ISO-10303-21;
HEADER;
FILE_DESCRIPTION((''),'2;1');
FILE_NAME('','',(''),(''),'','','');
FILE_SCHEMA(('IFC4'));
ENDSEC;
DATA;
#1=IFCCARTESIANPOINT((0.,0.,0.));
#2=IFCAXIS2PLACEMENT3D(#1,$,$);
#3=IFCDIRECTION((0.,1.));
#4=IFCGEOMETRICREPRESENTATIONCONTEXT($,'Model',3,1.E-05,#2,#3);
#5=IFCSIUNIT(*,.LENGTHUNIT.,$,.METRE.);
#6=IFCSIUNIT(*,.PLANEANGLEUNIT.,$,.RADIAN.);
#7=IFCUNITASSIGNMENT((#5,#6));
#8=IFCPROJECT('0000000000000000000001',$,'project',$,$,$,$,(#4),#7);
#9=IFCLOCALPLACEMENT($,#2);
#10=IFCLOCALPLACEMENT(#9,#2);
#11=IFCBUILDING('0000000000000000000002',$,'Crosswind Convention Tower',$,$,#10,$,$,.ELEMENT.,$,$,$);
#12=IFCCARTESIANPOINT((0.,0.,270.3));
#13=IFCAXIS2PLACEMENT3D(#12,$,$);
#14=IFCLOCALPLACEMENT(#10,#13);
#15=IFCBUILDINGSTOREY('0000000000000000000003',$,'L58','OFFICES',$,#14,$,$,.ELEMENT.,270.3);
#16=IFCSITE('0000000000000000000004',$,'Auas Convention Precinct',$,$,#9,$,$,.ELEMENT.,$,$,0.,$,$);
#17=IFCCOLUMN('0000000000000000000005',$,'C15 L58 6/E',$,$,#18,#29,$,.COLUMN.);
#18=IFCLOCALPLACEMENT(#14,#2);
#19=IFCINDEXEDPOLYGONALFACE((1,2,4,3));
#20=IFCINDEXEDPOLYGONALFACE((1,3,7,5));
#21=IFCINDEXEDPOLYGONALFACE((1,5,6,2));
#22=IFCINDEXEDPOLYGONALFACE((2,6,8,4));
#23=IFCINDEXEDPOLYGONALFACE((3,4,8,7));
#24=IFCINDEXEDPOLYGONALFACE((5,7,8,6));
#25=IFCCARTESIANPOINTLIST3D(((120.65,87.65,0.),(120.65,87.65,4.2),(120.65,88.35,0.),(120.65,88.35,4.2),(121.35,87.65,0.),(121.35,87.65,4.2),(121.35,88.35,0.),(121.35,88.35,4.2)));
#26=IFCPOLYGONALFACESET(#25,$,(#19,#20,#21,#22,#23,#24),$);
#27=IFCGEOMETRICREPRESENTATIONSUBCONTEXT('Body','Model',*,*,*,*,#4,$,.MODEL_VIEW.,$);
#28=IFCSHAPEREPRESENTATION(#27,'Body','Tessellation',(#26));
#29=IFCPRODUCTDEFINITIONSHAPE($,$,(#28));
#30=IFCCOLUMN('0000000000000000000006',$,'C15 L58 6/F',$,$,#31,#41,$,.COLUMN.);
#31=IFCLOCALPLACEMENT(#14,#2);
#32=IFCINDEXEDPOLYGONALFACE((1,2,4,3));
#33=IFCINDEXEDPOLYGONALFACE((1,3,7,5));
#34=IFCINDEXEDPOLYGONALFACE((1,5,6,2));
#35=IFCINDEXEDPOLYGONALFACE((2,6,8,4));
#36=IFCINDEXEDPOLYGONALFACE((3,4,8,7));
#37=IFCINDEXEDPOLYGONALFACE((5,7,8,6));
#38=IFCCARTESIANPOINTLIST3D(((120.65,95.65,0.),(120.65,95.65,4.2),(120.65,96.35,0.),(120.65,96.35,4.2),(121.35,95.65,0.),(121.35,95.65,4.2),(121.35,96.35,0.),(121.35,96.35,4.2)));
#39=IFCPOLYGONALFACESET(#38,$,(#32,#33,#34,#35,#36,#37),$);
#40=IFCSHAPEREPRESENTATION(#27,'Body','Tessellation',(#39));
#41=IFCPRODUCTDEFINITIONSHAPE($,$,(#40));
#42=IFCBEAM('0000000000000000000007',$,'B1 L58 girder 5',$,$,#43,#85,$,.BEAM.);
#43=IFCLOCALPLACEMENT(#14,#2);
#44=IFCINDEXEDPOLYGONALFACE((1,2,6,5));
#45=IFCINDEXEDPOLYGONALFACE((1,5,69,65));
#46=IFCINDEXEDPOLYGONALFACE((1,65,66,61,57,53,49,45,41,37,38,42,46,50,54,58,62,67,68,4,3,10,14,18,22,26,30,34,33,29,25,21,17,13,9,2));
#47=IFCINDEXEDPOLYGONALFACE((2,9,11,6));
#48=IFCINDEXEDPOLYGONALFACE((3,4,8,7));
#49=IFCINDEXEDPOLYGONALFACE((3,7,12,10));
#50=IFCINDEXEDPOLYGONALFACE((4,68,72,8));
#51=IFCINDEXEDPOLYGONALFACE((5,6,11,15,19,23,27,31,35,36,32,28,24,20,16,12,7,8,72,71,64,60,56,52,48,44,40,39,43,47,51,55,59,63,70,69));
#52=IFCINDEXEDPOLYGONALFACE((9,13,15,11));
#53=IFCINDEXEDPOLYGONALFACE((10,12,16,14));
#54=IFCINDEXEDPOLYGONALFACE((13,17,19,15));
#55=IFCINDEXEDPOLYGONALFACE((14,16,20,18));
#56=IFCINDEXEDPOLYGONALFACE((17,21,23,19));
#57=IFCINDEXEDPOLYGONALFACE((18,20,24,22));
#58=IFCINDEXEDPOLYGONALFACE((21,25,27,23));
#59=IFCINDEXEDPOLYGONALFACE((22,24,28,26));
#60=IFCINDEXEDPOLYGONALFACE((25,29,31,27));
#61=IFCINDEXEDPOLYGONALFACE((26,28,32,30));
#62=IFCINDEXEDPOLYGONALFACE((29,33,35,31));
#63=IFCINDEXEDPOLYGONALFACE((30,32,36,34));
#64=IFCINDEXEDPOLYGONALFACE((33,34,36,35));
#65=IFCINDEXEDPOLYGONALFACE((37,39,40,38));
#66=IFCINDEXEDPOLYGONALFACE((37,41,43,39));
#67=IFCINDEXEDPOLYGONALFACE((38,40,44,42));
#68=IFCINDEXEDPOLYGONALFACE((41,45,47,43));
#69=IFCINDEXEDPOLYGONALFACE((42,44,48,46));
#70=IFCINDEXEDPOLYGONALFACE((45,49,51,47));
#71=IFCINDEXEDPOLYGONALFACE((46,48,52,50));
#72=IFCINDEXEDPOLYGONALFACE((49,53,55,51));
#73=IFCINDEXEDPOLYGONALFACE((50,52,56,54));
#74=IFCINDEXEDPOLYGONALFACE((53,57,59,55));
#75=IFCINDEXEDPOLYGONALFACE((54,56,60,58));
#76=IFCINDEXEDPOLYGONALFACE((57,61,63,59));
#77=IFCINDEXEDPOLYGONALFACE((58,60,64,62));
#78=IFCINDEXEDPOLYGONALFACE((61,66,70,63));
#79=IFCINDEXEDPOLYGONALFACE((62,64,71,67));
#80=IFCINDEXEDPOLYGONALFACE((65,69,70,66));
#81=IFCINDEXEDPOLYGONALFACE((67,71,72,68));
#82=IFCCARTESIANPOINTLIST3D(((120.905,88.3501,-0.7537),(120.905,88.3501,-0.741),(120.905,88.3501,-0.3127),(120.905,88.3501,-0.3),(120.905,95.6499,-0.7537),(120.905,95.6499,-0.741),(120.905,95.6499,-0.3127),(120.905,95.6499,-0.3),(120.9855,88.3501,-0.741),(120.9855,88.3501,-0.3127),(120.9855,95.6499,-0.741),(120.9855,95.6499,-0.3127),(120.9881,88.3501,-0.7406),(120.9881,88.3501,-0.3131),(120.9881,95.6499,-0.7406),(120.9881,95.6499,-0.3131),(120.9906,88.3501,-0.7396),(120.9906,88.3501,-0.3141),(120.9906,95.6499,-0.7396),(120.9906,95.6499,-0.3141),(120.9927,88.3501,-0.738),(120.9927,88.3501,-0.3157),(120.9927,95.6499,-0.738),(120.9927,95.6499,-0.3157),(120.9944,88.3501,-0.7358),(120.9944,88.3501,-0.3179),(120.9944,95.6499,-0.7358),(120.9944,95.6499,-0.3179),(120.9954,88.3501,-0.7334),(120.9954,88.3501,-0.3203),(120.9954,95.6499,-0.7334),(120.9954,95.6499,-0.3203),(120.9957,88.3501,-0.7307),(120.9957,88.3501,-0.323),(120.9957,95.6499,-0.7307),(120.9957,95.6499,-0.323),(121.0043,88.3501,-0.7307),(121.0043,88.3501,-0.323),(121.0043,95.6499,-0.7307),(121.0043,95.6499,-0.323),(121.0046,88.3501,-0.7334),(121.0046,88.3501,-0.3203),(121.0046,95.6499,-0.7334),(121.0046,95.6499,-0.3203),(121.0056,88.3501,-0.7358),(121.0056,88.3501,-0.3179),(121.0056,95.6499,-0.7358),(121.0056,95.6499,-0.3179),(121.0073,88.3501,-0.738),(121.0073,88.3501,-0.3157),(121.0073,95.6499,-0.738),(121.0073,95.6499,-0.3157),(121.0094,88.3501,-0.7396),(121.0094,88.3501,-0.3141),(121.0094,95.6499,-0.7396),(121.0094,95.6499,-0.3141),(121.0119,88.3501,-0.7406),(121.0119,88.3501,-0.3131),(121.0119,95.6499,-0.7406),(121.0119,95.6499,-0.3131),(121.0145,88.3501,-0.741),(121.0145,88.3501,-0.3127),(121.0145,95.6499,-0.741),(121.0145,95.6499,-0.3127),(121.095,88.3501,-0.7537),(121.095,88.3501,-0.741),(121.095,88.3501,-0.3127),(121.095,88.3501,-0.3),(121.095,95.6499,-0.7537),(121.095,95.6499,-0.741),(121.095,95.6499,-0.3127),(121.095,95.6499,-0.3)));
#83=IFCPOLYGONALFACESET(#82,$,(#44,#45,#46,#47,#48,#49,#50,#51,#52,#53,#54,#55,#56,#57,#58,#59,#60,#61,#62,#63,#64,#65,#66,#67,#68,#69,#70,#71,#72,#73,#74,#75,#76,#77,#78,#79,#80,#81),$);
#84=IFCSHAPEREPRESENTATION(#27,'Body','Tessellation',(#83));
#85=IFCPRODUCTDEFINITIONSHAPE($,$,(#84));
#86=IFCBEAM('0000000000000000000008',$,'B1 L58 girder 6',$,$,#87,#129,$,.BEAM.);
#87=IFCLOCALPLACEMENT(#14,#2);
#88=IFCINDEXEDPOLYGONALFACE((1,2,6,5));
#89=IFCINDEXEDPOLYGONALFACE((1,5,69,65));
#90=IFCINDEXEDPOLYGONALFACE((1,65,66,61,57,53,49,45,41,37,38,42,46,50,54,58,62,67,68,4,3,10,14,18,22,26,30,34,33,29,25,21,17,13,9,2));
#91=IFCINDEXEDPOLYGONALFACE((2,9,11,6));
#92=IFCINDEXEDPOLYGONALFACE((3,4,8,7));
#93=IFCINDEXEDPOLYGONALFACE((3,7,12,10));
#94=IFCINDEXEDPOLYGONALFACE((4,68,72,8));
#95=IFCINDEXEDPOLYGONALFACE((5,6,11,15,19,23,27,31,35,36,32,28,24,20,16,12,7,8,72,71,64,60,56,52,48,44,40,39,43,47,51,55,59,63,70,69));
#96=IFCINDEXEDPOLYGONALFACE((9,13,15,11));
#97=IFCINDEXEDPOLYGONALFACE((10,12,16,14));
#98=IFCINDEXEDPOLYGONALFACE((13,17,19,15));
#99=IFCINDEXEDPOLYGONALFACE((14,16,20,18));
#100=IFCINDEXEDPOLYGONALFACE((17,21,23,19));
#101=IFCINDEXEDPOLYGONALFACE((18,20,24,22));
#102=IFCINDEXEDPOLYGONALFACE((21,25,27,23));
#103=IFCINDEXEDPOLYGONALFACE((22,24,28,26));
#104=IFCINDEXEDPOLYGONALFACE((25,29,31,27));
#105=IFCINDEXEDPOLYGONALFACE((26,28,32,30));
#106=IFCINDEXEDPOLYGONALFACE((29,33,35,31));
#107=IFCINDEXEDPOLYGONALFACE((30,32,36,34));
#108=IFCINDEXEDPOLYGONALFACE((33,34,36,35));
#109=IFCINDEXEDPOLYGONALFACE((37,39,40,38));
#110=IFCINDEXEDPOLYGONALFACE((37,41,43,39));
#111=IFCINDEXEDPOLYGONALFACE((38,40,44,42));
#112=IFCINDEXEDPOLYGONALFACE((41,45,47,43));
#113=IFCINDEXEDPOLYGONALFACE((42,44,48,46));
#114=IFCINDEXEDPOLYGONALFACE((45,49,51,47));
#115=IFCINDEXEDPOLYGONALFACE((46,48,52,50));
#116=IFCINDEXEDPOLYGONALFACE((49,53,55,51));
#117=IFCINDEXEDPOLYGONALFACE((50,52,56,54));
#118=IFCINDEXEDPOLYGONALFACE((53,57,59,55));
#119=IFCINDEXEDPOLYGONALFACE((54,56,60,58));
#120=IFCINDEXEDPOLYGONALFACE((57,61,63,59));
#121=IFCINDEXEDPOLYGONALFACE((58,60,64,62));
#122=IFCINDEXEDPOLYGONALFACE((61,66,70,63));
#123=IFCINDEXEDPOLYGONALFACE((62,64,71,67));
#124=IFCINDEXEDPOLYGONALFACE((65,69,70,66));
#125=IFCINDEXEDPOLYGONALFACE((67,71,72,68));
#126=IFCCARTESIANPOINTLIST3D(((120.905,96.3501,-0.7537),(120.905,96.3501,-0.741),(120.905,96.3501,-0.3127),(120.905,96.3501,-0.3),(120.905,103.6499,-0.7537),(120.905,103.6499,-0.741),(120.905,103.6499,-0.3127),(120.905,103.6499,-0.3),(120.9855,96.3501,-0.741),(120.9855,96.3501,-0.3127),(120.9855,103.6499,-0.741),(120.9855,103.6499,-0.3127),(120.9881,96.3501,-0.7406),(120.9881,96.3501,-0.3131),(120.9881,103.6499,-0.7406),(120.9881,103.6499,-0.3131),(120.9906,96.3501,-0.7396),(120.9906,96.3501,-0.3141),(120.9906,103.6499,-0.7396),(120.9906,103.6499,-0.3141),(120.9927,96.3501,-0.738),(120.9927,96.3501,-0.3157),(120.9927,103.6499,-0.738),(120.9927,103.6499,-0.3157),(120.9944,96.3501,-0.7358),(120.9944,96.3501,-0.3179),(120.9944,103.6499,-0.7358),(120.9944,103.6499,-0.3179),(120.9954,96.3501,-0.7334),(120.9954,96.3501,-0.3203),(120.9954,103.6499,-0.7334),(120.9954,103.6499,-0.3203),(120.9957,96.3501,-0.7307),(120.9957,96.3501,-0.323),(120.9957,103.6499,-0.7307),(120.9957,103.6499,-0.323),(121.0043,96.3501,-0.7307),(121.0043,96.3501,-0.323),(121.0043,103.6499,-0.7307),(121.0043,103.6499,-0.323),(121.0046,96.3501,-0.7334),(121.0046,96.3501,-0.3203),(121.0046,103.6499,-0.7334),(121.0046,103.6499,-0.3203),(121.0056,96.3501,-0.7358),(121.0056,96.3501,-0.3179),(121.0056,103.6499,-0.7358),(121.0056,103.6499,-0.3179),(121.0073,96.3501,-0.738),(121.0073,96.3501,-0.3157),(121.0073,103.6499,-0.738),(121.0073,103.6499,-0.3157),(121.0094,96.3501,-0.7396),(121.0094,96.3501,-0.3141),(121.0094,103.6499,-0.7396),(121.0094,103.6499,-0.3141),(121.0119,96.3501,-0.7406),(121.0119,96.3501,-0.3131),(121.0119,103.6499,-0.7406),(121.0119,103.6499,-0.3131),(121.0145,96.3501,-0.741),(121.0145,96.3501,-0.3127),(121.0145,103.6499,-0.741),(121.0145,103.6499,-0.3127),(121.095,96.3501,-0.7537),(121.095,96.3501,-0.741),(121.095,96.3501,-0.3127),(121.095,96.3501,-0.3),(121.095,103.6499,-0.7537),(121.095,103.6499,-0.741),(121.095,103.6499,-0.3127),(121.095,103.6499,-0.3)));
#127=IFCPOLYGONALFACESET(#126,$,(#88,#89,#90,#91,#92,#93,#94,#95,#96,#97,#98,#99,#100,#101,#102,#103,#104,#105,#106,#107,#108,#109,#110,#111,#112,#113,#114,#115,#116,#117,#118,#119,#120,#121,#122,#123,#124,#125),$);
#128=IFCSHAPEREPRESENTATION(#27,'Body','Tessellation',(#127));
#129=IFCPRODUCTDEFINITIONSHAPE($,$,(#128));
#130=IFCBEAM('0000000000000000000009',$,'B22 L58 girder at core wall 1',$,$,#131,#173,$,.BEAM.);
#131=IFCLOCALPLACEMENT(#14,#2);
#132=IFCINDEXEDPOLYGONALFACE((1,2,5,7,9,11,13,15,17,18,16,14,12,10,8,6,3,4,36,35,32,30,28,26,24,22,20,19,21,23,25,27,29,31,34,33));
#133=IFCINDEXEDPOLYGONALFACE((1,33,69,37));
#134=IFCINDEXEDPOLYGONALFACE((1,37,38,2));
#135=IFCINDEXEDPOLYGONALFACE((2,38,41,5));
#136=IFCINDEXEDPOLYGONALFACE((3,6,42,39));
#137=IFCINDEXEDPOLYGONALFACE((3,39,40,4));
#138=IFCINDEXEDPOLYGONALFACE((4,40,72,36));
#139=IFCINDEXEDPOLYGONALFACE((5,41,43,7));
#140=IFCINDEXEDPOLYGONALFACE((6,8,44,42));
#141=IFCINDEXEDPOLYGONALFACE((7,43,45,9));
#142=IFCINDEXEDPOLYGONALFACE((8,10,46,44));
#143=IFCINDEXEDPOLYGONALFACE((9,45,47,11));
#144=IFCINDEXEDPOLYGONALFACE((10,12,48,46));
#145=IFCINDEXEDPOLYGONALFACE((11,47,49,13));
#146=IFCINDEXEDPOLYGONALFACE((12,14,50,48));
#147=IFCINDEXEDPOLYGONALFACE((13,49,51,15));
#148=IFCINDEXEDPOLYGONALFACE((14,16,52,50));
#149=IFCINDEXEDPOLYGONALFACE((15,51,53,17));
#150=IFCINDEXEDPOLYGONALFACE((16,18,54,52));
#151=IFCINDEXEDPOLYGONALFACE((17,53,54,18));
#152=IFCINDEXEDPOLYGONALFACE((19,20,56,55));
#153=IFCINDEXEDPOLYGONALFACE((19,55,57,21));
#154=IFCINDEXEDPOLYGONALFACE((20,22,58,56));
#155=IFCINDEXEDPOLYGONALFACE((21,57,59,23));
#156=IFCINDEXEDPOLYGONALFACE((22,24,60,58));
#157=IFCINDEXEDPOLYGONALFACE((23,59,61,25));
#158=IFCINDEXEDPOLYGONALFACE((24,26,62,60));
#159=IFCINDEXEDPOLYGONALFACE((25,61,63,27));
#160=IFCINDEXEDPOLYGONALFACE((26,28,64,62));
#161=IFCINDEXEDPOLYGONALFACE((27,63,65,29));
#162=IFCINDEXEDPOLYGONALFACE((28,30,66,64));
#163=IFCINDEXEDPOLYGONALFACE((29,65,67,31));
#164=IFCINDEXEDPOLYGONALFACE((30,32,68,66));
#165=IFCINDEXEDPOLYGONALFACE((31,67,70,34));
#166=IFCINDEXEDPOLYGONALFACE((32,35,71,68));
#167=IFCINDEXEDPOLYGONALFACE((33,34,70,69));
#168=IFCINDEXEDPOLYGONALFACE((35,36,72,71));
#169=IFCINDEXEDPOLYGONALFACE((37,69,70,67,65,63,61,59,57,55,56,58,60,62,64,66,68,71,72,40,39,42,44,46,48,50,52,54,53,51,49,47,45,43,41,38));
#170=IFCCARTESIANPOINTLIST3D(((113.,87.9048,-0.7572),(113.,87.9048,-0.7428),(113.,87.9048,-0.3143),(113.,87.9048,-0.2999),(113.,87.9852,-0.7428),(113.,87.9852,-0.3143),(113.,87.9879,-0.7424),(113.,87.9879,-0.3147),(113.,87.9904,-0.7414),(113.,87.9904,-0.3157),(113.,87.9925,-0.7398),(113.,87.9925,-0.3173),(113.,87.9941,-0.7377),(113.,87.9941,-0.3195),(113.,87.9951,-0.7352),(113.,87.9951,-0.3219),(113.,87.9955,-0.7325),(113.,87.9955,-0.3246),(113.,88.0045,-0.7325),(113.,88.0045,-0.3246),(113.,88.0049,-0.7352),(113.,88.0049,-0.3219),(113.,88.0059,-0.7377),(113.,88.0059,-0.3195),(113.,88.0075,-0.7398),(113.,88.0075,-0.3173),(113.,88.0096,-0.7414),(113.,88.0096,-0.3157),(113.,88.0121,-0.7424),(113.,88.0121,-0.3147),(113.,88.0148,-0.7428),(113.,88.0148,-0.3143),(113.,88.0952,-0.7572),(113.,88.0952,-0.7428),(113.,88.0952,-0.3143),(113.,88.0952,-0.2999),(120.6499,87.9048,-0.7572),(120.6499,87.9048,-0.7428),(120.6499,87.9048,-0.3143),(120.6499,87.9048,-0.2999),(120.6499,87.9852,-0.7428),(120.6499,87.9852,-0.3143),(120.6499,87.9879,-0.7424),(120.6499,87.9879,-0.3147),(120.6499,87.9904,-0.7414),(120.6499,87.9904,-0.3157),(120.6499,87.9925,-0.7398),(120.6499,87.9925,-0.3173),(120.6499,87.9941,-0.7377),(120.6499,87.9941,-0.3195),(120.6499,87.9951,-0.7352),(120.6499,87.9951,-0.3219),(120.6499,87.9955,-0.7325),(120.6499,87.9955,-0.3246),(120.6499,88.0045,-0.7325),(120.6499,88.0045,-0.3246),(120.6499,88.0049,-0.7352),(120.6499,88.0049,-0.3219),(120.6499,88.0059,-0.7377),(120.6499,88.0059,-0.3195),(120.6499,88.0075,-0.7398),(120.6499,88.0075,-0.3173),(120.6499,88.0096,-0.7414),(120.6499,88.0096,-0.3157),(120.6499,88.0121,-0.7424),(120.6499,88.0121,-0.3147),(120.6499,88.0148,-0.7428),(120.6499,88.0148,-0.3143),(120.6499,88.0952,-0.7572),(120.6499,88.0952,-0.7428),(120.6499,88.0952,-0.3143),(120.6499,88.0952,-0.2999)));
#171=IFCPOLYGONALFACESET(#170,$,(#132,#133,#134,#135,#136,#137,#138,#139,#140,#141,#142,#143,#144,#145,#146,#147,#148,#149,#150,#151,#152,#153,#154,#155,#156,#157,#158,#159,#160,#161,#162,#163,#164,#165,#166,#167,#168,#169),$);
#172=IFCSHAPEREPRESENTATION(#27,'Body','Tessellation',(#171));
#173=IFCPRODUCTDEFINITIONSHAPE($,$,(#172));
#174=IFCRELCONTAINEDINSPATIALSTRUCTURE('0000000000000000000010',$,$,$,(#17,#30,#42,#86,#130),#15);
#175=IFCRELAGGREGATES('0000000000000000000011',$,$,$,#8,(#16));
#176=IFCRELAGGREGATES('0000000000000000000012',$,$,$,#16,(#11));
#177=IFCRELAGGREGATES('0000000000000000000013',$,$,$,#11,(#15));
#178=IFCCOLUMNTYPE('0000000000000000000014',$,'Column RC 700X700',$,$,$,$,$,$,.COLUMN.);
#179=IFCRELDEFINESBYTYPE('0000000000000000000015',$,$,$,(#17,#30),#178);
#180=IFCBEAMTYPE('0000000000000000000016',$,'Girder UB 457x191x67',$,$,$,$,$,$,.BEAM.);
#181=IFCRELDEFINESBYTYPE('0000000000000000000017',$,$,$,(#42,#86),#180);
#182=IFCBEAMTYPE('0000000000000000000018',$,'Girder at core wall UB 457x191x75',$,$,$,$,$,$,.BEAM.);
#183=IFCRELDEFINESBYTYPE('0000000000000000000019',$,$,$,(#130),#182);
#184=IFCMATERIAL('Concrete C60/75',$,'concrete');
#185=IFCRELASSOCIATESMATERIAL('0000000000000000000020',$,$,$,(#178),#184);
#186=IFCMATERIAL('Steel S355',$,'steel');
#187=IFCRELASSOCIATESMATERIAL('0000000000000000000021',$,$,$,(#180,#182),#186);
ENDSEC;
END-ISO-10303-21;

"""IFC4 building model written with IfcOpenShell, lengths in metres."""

from ifc_helpers import new_model, si_unit, direction, frame, origin, origin_2d, place, context, subcontext, project, spatial, rectangle, i_section, extrude, material, material_profile, profile_set, type_object, element, save


model = new_model("IFC4")

# Units and contexts
model_context = context("Model", 3, precision=1e-05, world=origin(), true_north=direction((0.0, 1.0)))
body_context = subcontext(model_context, "Body", "Model", "MODEL_VIEW")
ifc_project = project(units=[si_unit("LENGTHUNIT", "METRE"), si_unit("PLANEANGLEUNIT", "RADIAN")], contexts=[model_context])

# Site, building, storey
site_placement = place(None, origin())
site = spatial("IfcSite", under=ifc_project, at=site_placement, Name="Auas Convention Precinct", CompositionType="ELEMENT", RefElevation=0.0)
building_placement = place(site_placement, origin())
building = spatial("IfcBuilding", under=site, at=building_placement, Name="Crosswind Convention Tower", CompositionType="ELEMENT")
storey_placement = place(building_placement, frame((0.0, 0.0, 270.3)))
storey = spatial("IfcBuildingStorey", under=building, at=storey_placement, Name="L58", Description="OFFICES", CompositionType="ELEMENT", Elevation=270.3)

# Columns
ifc_material_1 = material(Name="Concrete C60/75", Category="concrete")
ifc_material_profile_1 = material_profile(ifc_material_1, rectangle(XDim=0.7, YDim=0.7, at=origin_2d()), Name="RC 700X700")
ifc_profile_set_1 = profile_set([ifc_material_profile_1], Name="Concrete C60/75")
column_type = type_object("IfcColumnType", Name="Column RC 700X700", PredefinedType="COLUMN", material=ifc_profile_set_1)
for number, where, z_axis, x_axis, name in (
    (1, (121.0, 88.0, 0.0), (0.0, 0.0, 1.0), (1.0, 0.0, 0.0), "C15 L58 6/E"),
    (2, (121.0, 96.0, 0.0), (0.0, 0.0, 1.0), (1.0, 0.0, 0.0), "C15 L58 6/F"),
):
    element("IfcColumn", number, at=place(storey_placement, frame(where, z_axis=z_axis, x_axis=x_axis)), inside=storey, type_object=column_type, Name=name, PredefinedType="COLUMN", context=body_context, shape_type="SweptSolid", body=[
        extrude(rectangle(XDim=0.7, YDim=0.7, at=origin_2d()), origin(), (0.0, 0.0, 1.0), 4.2),
    ])

# Beams
ifc_material_2 = material(Name="Steel S355", Category="steel")
ifc_material_profile_2 = material_profile(ifc_material_2, i_section(OverallWidth=0.1899, OverallDepth=0.4536, WebThickness=0.0085, FlangeThickness=0.0127, FilletRadius=0.0103, at=origin_2d()), Name="UB 457x191x67")
ifc_profile_set_2 = profile_set([ifc_material_profile_2], Name="Steel S355")
beam_type_1 = type_object("IfcBeamType", Name="Girder UB 457x191x67", PredefinedType="BEAM", material=ifc_profile_set_2)
for number, where, z_axis, x_axis, name in (
    (3, (121.0, 88.3501, -0.5269), (0.0, 1.0, 0.0), (-1.0, 0.0, 0.0), "B1 L58 girder 5"),
    (4, (121.0, 96.3501, -0.5269), (0.0, 1.0, 0.0), (-1.0, 0.0, 0.0), "B1 L58 girder 6"),
):
    element("IfcBeam", number, at=place(storey_placement, frame(where, z_axis=z_axis, x_axis=x_axis)), inside=storey, type_object=beam_type_1, Name=name, PredefinedType="BEAM", context=body_context, shape_type="SweptSolid", body=[
        extrude(i_section(OverallWidth=0.1899, OverallDepth=0.4536, WebThickness=0.0085, FlangeThickness=0.0127, FilletRadius=0.0103, at=origin_2d()), origin(), (0.0, 0.0, 1.0), 7.2998),
    ])
ifc_material_profile_3 = material_profile(ifc_material_2, i_section(OverallWidth=0.1904, OverallDepth=0.4573, WebThickness=0.009, FlangeThickness=0.0144, FilletRadius=0.0103, at=origin_2d()), Name="UB 457x191x75")
ifc_profile_set_3 = profile_set([ifc_material_profile_3], Name="Steel S355")
beam_type_2 = type_object("IfcBeamType", Name="Girder at core wall UB 457x191x75", PredefinedType="BEAM", material=ifc_profile_set_3)
for number, where, z_axis, x_axis, name in (
    (5, (113.0, 88.0, -0.5286), (1.0, 0.0, 0.0), (0.0, 1.0, 0.0), "B22 L58 girder at core wall 1"),
):
    element("IfcBeam", number, at=place(storey_placement, frame(where, z_axis=z_axis, x_axis=x_axis)), inside=storey, type_object=beam_type_2, Name=name, PredefinedType="BEAM", context=body_context, shape_type="SweptSolid", body=[
        extrude(i_section(OverallWidth=0.1904, OverallDepth=0.4573, WebThickness=0.009, FlangeThickness=0.0144, FilletRadius=0.0103, at=origin_2d()), origin(), (0.0, 0.0, 1.0), 7.6499),
    ])

save(model, "model.ifc")
